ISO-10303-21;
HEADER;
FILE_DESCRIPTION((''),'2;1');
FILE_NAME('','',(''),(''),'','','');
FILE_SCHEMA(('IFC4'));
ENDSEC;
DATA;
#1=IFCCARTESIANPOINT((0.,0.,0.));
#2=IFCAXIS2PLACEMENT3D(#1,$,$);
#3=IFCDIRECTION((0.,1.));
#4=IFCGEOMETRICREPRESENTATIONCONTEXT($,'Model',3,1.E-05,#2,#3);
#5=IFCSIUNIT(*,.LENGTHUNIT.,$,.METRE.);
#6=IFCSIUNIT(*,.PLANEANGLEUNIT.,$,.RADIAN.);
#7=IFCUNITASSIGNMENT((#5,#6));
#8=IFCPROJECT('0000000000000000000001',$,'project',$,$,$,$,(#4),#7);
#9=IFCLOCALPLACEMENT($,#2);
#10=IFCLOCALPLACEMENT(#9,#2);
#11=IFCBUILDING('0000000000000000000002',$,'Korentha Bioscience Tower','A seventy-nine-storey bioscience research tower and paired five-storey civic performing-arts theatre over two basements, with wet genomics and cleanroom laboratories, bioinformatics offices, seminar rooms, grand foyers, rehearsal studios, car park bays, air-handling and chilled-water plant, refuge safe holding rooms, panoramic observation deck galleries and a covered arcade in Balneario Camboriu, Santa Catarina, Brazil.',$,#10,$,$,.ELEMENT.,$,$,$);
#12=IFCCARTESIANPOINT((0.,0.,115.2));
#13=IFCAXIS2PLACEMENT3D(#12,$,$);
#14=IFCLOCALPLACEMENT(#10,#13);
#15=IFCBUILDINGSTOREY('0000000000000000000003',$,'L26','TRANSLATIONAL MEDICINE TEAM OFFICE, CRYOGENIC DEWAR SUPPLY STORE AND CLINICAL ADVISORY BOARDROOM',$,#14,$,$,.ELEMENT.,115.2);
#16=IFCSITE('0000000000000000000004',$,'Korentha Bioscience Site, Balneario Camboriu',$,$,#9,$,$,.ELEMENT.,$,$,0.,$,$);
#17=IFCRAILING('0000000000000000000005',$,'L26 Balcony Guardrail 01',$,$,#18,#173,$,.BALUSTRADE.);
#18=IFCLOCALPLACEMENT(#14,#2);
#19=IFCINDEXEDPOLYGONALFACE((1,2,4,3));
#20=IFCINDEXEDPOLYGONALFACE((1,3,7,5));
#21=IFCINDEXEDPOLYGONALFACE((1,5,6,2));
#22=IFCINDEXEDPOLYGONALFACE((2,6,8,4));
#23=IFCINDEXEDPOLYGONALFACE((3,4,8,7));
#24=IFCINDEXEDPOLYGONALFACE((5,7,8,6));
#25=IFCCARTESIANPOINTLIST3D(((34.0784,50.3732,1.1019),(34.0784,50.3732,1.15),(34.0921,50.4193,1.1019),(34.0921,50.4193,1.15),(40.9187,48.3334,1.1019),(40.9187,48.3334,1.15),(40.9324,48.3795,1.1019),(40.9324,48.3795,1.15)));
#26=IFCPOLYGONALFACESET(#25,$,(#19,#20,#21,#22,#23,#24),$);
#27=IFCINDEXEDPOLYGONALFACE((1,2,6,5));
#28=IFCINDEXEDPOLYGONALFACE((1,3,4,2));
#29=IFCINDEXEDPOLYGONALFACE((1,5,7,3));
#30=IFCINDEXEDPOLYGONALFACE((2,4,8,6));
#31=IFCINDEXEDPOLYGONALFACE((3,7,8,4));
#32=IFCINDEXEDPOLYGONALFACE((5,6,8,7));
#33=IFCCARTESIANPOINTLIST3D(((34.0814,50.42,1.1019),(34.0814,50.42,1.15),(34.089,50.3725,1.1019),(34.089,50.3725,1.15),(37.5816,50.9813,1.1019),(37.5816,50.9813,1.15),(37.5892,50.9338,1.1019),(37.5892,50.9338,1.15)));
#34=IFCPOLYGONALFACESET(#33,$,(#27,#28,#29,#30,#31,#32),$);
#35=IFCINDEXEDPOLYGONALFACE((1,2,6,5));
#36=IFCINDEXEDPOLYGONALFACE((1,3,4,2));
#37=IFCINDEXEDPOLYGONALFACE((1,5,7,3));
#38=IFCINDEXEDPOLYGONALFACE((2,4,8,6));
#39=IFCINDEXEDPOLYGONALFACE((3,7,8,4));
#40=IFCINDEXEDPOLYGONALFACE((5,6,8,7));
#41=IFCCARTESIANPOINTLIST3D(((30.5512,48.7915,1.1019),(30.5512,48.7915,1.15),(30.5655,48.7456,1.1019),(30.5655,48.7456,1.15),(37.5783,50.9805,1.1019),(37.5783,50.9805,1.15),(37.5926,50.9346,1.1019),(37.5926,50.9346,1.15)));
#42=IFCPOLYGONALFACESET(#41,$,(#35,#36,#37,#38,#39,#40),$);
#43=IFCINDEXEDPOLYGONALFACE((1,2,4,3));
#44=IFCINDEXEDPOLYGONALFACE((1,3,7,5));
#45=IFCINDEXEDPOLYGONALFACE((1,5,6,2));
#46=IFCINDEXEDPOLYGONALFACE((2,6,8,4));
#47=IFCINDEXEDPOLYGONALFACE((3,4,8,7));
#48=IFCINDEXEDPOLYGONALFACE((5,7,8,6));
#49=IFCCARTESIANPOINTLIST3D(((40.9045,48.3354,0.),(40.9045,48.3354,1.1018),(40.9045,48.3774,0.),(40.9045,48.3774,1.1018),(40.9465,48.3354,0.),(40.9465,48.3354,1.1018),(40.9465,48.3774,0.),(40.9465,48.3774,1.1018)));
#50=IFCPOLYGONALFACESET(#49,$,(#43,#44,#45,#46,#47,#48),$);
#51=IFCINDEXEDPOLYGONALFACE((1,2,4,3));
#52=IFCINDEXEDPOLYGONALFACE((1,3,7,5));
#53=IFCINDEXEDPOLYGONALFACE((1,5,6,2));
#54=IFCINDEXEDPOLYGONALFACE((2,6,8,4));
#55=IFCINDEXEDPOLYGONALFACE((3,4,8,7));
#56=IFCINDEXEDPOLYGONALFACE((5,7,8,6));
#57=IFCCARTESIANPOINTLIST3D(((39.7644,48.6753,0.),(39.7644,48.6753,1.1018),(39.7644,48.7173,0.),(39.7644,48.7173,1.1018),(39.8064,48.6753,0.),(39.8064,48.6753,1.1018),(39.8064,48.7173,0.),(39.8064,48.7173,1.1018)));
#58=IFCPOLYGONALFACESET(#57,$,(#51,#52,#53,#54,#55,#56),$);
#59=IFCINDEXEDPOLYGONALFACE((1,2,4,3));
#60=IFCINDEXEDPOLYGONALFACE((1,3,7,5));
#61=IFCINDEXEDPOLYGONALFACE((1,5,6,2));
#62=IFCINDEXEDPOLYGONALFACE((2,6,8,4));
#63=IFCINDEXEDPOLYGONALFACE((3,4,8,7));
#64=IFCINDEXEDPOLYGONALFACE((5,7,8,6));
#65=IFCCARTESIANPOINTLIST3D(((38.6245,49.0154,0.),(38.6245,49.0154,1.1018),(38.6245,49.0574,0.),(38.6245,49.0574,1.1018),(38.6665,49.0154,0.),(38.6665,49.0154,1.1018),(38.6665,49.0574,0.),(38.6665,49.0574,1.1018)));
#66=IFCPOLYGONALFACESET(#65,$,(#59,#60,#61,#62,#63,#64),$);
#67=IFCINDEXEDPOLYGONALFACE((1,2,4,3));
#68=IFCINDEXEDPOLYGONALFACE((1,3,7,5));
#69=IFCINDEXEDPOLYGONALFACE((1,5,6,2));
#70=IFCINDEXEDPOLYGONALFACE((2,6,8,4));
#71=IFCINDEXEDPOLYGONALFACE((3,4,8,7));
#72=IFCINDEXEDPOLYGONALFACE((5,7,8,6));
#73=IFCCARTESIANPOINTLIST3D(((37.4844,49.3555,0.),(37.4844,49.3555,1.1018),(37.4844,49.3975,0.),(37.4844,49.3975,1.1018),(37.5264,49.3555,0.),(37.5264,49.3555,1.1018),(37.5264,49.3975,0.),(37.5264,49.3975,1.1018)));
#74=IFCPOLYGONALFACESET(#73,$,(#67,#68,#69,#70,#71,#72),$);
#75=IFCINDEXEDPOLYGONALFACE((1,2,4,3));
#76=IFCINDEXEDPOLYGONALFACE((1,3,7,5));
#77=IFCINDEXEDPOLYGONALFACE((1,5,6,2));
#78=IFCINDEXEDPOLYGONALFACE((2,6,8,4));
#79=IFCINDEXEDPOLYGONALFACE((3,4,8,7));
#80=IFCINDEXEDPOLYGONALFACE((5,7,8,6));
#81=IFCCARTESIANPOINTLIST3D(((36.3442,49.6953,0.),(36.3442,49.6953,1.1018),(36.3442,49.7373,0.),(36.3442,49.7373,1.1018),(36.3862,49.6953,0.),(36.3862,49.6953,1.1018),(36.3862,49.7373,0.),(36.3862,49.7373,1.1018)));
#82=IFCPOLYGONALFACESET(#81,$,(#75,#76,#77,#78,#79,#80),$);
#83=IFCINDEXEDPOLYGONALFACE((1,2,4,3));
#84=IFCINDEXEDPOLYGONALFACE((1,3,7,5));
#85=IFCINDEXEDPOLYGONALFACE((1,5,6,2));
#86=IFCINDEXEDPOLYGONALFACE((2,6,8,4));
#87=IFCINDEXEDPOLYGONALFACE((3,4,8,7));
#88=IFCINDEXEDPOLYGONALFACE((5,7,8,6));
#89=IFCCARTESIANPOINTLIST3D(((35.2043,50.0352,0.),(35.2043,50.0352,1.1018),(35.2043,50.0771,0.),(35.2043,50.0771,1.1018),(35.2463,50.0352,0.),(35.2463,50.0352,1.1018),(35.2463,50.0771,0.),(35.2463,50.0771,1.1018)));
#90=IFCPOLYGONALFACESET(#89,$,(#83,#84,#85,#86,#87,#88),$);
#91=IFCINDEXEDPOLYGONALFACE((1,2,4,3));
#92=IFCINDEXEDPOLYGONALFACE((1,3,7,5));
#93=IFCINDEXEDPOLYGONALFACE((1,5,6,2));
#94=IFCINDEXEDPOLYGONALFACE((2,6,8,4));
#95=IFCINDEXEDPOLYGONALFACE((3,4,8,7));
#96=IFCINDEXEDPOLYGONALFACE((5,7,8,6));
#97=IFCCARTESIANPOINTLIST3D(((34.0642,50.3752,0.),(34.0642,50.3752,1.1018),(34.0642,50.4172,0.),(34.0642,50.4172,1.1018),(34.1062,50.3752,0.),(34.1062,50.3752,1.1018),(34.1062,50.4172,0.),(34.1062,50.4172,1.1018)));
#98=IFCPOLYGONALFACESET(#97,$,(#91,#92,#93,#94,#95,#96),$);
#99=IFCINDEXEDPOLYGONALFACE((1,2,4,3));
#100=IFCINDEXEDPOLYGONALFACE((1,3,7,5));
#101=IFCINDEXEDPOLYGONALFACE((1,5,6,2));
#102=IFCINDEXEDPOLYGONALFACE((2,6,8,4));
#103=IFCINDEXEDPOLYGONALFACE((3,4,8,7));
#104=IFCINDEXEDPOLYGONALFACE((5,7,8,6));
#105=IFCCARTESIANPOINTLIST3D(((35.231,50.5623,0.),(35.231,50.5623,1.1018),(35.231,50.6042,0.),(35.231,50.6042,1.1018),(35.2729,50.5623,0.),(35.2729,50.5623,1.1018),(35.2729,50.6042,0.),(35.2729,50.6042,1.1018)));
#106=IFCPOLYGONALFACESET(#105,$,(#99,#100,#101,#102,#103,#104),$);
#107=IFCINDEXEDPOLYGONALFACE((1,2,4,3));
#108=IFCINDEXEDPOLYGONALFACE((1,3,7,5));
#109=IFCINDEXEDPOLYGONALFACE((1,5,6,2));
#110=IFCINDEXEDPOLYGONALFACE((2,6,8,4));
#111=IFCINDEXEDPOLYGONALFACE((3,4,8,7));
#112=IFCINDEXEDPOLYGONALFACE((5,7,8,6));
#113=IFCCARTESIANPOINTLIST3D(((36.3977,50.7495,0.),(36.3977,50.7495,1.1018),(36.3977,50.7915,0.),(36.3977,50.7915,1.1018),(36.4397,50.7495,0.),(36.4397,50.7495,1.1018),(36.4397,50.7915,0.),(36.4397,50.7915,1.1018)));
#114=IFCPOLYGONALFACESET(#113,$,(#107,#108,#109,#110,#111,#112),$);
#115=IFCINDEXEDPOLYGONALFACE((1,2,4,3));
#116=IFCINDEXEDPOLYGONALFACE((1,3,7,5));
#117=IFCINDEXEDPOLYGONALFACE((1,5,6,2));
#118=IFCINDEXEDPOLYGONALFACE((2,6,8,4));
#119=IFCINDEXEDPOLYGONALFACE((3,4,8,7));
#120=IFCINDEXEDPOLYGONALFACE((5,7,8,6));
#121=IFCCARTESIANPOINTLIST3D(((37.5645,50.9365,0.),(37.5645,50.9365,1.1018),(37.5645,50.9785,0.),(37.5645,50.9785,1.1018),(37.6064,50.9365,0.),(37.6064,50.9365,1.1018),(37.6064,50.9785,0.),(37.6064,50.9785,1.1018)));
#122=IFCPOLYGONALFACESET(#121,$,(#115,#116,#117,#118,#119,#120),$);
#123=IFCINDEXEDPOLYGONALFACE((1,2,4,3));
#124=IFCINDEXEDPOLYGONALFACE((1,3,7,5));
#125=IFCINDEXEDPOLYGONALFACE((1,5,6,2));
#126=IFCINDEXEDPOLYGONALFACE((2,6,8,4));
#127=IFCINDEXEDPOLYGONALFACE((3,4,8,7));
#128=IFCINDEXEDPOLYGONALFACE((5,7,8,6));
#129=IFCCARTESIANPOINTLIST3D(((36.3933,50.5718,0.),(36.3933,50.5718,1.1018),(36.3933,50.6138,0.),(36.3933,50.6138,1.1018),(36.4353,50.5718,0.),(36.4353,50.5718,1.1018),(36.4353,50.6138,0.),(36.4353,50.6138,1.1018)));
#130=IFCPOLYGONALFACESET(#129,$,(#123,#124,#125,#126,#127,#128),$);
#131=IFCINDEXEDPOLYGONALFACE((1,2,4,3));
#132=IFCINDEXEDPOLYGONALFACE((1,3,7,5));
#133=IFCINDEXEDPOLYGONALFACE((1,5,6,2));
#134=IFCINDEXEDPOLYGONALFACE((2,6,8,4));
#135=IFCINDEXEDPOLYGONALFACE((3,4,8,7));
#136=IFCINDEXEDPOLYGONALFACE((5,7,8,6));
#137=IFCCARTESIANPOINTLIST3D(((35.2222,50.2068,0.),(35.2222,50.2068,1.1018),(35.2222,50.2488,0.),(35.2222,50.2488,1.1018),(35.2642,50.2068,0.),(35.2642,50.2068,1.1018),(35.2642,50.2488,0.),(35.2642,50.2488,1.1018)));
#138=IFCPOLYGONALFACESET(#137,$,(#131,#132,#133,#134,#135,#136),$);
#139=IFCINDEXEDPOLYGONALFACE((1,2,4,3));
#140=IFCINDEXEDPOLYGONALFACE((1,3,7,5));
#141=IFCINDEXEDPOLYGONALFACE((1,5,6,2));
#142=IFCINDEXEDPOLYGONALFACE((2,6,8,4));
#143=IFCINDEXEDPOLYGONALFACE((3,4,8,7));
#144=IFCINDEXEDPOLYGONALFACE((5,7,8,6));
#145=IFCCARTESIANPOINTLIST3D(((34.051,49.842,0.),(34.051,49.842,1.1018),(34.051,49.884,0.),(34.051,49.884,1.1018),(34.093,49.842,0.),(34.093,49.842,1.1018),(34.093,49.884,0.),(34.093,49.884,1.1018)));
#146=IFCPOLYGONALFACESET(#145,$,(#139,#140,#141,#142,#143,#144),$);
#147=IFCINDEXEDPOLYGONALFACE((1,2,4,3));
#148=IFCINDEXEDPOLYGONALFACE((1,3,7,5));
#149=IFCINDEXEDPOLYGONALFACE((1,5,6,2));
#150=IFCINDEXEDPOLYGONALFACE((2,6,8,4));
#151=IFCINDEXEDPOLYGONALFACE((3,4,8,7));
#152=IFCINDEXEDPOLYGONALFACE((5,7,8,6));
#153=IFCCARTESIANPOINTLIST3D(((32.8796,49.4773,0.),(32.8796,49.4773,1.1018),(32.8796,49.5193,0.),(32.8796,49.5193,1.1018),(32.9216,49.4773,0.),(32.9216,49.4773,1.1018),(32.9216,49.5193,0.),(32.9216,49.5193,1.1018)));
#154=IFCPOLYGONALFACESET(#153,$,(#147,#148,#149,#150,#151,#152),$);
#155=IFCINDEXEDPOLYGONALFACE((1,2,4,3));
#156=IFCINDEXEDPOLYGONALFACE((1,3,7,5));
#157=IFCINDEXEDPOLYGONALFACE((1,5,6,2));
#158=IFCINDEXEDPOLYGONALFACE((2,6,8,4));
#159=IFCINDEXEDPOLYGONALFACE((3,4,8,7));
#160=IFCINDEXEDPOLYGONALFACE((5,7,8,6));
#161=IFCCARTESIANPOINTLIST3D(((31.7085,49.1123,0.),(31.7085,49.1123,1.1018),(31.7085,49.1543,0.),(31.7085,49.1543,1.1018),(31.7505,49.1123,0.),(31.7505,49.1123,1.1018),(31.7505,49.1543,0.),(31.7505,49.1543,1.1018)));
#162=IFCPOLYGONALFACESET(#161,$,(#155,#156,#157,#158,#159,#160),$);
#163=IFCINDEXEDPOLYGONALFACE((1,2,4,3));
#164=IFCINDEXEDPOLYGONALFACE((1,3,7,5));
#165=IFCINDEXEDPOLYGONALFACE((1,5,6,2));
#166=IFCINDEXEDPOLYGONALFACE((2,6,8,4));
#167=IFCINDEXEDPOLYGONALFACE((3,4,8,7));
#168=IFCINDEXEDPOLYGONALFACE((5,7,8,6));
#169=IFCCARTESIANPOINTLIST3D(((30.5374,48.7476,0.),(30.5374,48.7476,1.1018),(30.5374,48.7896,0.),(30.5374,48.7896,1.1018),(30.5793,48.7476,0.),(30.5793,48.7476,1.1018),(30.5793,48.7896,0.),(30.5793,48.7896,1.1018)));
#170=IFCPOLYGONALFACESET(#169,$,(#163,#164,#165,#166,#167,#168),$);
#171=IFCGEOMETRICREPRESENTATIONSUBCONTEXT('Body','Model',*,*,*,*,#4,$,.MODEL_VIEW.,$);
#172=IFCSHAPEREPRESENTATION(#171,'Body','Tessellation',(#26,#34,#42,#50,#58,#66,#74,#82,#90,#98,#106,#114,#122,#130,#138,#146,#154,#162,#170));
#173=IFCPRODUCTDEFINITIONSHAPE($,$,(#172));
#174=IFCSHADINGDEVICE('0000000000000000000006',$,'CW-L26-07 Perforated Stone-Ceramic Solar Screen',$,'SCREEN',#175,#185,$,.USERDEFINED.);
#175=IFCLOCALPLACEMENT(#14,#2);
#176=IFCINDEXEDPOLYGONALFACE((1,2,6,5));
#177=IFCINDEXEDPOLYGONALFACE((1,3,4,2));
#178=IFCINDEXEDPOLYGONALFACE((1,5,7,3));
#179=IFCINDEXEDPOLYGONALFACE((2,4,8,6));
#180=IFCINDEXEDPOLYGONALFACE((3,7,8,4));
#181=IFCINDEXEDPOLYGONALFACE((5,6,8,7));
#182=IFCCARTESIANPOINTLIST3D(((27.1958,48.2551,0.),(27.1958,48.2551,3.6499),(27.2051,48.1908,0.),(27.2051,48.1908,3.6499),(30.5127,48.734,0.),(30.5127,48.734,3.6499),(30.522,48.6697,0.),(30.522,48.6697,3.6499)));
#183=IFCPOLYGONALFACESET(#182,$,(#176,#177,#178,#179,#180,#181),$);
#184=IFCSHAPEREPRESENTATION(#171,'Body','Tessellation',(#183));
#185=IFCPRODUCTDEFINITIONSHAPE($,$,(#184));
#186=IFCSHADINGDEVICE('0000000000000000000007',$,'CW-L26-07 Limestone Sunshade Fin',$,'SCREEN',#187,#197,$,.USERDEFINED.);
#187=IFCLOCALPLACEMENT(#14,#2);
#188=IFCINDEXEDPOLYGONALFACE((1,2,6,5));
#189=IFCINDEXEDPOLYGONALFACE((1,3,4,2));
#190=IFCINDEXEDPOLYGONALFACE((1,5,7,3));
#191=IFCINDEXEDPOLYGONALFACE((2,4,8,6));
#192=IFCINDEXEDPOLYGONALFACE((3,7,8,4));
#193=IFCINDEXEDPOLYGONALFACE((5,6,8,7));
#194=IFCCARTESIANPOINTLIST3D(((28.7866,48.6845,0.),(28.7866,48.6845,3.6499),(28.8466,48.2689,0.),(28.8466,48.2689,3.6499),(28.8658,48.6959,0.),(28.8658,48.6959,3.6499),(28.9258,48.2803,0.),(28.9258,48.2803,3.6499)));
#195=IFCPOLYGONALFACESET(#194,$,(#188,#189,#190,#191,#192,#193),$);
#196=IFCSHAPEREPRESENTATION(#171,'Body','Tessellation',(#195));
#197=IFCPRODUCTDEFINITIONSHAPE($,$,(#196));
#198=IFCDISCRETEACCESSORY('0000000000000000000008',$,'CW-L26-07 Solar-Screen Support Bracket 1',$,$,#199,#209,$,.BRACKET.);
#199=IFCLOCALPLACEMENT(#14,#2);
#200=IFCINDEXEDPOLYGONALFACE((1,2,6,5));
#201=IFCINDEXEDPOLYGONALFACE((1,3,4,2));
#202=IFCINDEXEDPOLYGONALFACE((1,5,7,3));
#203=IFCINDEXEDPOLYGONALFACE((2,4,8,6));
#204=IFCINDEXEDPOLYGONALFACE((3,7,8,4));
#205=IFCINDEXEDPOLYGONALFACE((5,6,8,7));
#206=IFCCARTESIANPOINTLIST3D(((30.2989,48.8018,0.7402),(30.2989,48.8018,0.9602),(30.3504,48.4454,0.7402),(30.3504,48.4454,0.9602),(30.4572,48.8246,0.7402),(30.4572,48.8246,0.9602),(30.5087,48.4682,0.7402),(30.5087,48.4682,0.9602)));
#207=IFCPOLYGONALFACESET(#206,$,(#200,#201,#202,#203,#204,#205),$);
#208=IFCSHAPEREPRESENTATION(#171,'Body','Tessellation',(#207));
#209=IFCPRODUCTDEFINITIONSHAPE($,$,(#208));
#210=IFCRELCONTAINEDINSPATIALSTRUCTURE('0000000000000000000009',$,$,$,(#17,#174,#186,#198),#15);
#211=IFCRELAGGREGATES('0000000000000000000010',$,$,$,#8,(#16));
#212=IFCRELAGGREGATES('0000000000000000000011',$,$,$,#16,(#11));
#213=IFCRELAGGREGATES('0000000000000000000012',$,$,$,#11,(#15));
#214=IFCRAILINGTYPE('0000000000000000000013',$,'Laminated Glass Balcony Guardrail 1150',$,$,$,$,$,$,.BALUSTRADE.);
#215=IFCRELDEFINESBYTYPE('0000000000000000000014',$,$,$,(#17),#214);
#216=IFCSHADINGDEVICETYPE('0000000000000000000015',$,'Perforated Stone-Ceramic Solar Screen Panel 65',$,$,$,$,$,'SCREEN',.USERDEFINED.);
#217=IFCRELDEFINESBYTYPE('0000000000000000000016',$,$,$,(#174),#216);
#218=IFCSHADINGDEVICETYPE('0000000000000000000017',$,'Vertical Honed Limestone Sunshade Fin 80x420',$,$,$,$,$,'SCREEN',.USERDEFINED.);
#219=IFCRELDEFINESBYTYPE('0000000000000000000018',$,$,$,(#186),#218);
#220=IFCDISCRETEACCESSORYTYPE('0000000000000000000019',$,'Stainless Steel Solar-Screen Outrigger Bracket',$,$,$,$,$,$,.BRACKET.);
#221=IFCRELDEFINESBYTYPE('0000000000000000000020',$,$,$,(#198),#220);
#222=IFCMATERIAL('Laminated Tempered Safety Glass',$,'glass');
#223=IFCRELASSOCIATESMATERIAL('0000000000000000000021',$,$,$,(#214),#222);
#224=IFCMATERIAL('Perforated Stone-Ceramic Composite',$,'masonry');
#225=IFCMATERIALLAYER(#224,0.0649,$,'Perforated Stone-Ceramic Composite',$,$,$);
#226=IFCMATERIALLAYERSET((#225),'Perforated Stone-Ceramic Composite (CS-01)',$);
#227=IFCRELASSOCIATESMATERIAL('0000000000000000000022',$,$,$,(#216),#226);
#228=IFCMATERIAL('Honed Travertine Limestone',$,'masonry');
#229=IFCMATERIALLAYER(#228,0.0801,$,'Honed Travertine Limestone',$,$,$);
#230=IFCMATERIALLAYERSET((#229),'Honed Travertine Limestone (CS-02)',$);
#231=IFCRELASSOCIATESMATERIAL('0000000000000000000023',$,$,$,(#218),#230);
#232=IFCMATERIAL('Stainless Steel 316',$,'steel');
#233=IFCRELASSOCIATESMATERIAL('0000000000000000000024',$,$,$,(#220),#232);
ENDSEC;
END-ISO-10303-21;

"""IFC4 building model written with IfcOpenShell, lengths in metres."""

from ifc_helpers import new_model, si_unit, direction, frame, origin, origin_2d, place, context, subcontext, project, spatial, rectangle, extrude, material, layer, layer_set, type_object, element, save


model = new_model("IFC4")

# Units and contexts
model_context = context("Model", 3, precision=1e-05, world=origin(), true_north=direction((0.0, 1.0)))
body_context = subcontext(model_context, "Body", "Model", "MODEL_VIEW")
ifc_project = project(units=[si_unit("LENGTHUNIT", "METRE"), si_unit("PLANEANGLEUNIT", "RADIAN")], contexts=[model_context])

# Site, building, storey
site_placement = place(None, origin())
site = spatial("IfcSite", under=ifc_project, at=site_placement, Name="Korentha Bioscience Site, Balneario Camboriu", CompositionType="ELEMENT", RefElevation=0.0)
building_placement = place(site_placement, origin())
building = spatial("IfcBuilding", under=site, at=building_placement, Name="Korentha Bioscience Tower", Description="A seventy-nine-storey bioscience research tower and paired five-storey civic performing-arts theatre over two basements, with wet genomics and cleanroom laboratories, bioinformatics offices, seminar rooms, grand foyers, rehearsal studios, car park bays, air-handling and chilled-water plant, refuge safe holding rooms, panoramic observation deck galleries and a covered arcade in Balneario Camboriu, Santa Catarina, Brazil.", CompositionType="ELEMENT")
storey_placement = place(building_placement, frame((0.0, 0.0, 115.2)))
storey = spatial("IfcBuildingStorey", under=building, at=storey_placement, Name="L26", Description="TRANSLATIONAL MEDICINE TEAM OFFICE, CRYOGENIC DEWAR SUPPLY STORE AND CLINICAL ADVISORY BOARDROOM", CompositionType="ELEMENT", Elevation=115.2)

# Railing
ifc_material_1 = material(Name="Laminated Tempered Safety Glass", Category="glass")
railing_type = type_object("IfcRailingType", Name="Laminated Glass Balcony Guardrail 1150", PredefinedType="BALUSTRADE", material=ifc_material_1)
railing_placement = place(storey_placement, frame((40.9255, 48.3564, 0.0)))
element("IfcRailing", 1, at=railing_placement, inside=storey, type_object=railing_type, Name="L26 Balcony Guardrail 01", PredefinedType="BALUSTRADE", context=body_context, shape_type="SweptSolid", body=[
    extrude(rectangle(XDim=0.0481, YDim=0.0481, at=origin_2d()), frame((0.0, 0.0, 1.126), z_axis=(-0.958299, 0.285766, 0.0), x_axis=(-0.285766, -0.958299, 0.0)), (0.0, 0.0, 1.0), 7.1379),
    extrude(rectangle(XDim=0.0481, YDim=0.0481, at=origin_2d()), frame((-6.8403, 2.0398, 1.126), z_axis=(0.987386, 0.158332, 0.0), x_axis=(-0.158332, 0.987386, 0.0)), (0.0, 0.0, 1.0), 3.5449),
    extrude(rectangle(XDim=0.0481, YDim=0.0481, at=origin_2d()), frame((-3.3401, 2.6011, 1.126), z_axis=(-0.95475, -0.297408, 0.0), x_axis=(0.297408, -0.95475, 0.0)), (0.0, 0.0, 1.0), 7.3601),
    extrude(rectangle(XDim=0.042, YDim=0.042, at=origin_2d()), origin(), (0.0, 0.0, 1.0), 1.1018),
    extrude(rectangle(XDim=0.042, YDim=0.042, at=origin_2d()), frame((-1.1401, 0.3398, 0.0)), (0.0, 0.0, 1.0), 1.1018),
    extrude(rectangle(XDim=0.042, YDim=0.042, at=origin_2d()), frame((-2.28, 0.6799, 0.0)), (0.0, 0.0, 1.0), 1.1018),
    extrude(rectangle(XDim=0.042, YDim=0.042, at=origin_2d()), frame((-3.4202, 1.02, 0.0)), (0.0, 0.0, 1.0), 1.1018),
    extrude(rectangle(XDim=0.042, YDim=0.042, at=origin_2d()), frame((-4.5603, 1.3599, 0.0)), (0.0, 0.0, 1.0), 1.1018),
    extrude(rectangle(XDim=0.042, YDim=0.042, at=origin_2d()), frame((-5.7002, 1.6997, 0.0)), (0.0, 0.0, 1.0), 1.1018),
    extrude(rectangle(XDim=0.042, YDim=0.042, at=origin_2d()), frame((-6.8403, 2.0398, 0.0)), (0.0, 0.0, 1.0), 1.1018),
    extrude(rectangle(XDim=0.042, YDim=0.042, at=origin_2d()), frame((-5.6736, 2.2268, 0.0)), (0.0, 0.0, 1.0), 1.1018),
    extrude(rectangle(XDim=0.042, YDim=0.042, at=origin_2d()), frame((-4.5068, 2.4141, 0.0)), (0.0, 0.0, 1.0), 1.1018),
    extrude(rectangle(XDim=0.042, YDim=0.042, at=origin_2d()), frame((-3.3401, 2.6011, 0.0)), (0.0, 0.0, 1.0), 1.1018),
    extrude(rectangle(XDim=0.042, YDim=0.042, at=origin_2d()), frame((-4.5112, 2.2363, 0.0)), (0.0, 0.0, 1.0), 1.1018),
    extrude(rectangle(XDim=0.042, YDim=0.042, at=origin_2d()), frame((-5.6824, 1.8713, 0.0)), (0.0, 0.0, 1.0), 1.1018),
    extrude(rectangle(XDim=0.042, YDim=0.042, at=origin_2d()), frame((-6.8535, 1.5066, 0.0)), (0.0, 0.0, 1.0), 1.1018),
    extrude(rectangle(XDim=0.042, YDim=0.042, at=origin_2d()), frame((-8.0249, 1.1418, 0.0)), (0.0, 0.0, 1.0), 1.1018),
    extrude(rectangle(XDim=0.042, YDim=0.042, at=origin_2d()), frame((-9.196, 0.7769, 0.0)), (0.0, 0.0, 1.0), 1.1018),
    extrude(rectangle(XDim=0.042, YDim=0.042, at=origin_2d()), frame((-10.3672, 0.4121, 0.0)), (0.0, 0.0, 1.0), 1.1018),
])

# Shading devices
ifc_material_2 = material(Name="Perforated Stone-Ceramic Composite", Category="masonry")
ifc_layer_1 = layer(ifc_material_2, 0.0649, Name="Perforated Stone-Ceramic Composite")
ifc_layer_set_1 = layer_set([ifc_layer_1], Name="Perforated Stone-Ceramic Composite (CS-01)")
shading_device_type_1 = type_object("IfcShadingDeviceType", Name="Perforated Stone-Ceramic Solar Screen Panel 65", ElementType="SCREEN", PredefinedType="USERDEFINED", material=ifc_layer_set_1)
shading_device_1_placement = place(storey_placement, frame((28.8589, 48.4624, 0.0), z_axis=(0.0, 0.0, 1.0), x_axis=(-0.989738, -0.142892, 0.0)))
element("IfcShadingDevice", 2, at=shading_device_1_placement, inside=storey, type_object=shading_device_type_1, Name="CW-L26-07 Perforated Stone-Ceramic Solar Screen", ObjectType="SCREEN", PredefinedType="USERDEFINED", context=body_context, shape_type="SweptSolid", body=[
    extrude(rectangle(XDim=3.3513, YDim=0.0649, at=origin_2d()), origin(), (0.0, 0.0, 1.0), 3.6499),
])
ifc_material_3 = material(Name="Honed Travertine Limestone", Category="masonry")
ifc_layer_2 = layer(ifc_material_3, 0.0801, Name="Honed Travertine Limestone")
ifc_layer_set_2 = layer_set([ifc_layer_2], Name="Honed Travertine Limestone (CS-02)")
shading_device_type_2 = type_object("IfcShadingDeviceType", Name="Vertical Honed Limestone Sunshade Fin 80x420", ElementType="SCREEN", PredefinedType="USERDEFINED", material=ifc_layer_set_2)
shading_device_2_placement = place(storey_placement, frame((28.8562, 48.4824, 0.0), z_axis=(0.0, 0.0, 1.0), x_axis=(-0.989738, -0.142892, 0.0)))
element("IfcShadingDevice", 3, at=shading_device_2_placement, inside=storey, type_object=shading_device_type_2, Name="CW-L26-07 Limestone Sunshade Fin", ObjectType="SCREEN", PredefinedType="USERDEFINED", context=body_context, shape_type="SweptSolid", body=[
    extrude(rectangle(XDim=0.0801, YDim=0.4199, at=origin_2d()), origin(), (0.0, 0.0, 1.0), 3.6499),
])

# Discrete accessory
ifc_material_4 = material(Name="Stainless Steel 316", Category="steel")
discrete_accessory_type = type_object("IfcDiscreteAccessoryType", Name="Stainless Steel Solar-Screen Outrigger Bracket", PredefinedType="BRACKET", material=ifc_material_4)
discrete_accessory_placement = place(storey_placement, frame((30.4038, 48.635, 0.7402), z_axis=(0.0, 0.0, 1.0), x_axis=(-0.989738, -0.142892, 0.0)))
element("IfcDiscreteAccessory", 4, at=discrete_accessory_placement, inside=storey, type_object=discrete_accessory_type, Name="CW-L26-07 Solar-Screen Support Bracket 1", PredefinedType="BRACKET", context=body_context, shape_type="SweptSolid", body=[
    extrude(rectangle(XDim=0.1599, YDim=0.3601, at=origin_2d()), origin(), (0.0, 0.0, 1.0), 0.22),
])

save(model, "model.ifc")
